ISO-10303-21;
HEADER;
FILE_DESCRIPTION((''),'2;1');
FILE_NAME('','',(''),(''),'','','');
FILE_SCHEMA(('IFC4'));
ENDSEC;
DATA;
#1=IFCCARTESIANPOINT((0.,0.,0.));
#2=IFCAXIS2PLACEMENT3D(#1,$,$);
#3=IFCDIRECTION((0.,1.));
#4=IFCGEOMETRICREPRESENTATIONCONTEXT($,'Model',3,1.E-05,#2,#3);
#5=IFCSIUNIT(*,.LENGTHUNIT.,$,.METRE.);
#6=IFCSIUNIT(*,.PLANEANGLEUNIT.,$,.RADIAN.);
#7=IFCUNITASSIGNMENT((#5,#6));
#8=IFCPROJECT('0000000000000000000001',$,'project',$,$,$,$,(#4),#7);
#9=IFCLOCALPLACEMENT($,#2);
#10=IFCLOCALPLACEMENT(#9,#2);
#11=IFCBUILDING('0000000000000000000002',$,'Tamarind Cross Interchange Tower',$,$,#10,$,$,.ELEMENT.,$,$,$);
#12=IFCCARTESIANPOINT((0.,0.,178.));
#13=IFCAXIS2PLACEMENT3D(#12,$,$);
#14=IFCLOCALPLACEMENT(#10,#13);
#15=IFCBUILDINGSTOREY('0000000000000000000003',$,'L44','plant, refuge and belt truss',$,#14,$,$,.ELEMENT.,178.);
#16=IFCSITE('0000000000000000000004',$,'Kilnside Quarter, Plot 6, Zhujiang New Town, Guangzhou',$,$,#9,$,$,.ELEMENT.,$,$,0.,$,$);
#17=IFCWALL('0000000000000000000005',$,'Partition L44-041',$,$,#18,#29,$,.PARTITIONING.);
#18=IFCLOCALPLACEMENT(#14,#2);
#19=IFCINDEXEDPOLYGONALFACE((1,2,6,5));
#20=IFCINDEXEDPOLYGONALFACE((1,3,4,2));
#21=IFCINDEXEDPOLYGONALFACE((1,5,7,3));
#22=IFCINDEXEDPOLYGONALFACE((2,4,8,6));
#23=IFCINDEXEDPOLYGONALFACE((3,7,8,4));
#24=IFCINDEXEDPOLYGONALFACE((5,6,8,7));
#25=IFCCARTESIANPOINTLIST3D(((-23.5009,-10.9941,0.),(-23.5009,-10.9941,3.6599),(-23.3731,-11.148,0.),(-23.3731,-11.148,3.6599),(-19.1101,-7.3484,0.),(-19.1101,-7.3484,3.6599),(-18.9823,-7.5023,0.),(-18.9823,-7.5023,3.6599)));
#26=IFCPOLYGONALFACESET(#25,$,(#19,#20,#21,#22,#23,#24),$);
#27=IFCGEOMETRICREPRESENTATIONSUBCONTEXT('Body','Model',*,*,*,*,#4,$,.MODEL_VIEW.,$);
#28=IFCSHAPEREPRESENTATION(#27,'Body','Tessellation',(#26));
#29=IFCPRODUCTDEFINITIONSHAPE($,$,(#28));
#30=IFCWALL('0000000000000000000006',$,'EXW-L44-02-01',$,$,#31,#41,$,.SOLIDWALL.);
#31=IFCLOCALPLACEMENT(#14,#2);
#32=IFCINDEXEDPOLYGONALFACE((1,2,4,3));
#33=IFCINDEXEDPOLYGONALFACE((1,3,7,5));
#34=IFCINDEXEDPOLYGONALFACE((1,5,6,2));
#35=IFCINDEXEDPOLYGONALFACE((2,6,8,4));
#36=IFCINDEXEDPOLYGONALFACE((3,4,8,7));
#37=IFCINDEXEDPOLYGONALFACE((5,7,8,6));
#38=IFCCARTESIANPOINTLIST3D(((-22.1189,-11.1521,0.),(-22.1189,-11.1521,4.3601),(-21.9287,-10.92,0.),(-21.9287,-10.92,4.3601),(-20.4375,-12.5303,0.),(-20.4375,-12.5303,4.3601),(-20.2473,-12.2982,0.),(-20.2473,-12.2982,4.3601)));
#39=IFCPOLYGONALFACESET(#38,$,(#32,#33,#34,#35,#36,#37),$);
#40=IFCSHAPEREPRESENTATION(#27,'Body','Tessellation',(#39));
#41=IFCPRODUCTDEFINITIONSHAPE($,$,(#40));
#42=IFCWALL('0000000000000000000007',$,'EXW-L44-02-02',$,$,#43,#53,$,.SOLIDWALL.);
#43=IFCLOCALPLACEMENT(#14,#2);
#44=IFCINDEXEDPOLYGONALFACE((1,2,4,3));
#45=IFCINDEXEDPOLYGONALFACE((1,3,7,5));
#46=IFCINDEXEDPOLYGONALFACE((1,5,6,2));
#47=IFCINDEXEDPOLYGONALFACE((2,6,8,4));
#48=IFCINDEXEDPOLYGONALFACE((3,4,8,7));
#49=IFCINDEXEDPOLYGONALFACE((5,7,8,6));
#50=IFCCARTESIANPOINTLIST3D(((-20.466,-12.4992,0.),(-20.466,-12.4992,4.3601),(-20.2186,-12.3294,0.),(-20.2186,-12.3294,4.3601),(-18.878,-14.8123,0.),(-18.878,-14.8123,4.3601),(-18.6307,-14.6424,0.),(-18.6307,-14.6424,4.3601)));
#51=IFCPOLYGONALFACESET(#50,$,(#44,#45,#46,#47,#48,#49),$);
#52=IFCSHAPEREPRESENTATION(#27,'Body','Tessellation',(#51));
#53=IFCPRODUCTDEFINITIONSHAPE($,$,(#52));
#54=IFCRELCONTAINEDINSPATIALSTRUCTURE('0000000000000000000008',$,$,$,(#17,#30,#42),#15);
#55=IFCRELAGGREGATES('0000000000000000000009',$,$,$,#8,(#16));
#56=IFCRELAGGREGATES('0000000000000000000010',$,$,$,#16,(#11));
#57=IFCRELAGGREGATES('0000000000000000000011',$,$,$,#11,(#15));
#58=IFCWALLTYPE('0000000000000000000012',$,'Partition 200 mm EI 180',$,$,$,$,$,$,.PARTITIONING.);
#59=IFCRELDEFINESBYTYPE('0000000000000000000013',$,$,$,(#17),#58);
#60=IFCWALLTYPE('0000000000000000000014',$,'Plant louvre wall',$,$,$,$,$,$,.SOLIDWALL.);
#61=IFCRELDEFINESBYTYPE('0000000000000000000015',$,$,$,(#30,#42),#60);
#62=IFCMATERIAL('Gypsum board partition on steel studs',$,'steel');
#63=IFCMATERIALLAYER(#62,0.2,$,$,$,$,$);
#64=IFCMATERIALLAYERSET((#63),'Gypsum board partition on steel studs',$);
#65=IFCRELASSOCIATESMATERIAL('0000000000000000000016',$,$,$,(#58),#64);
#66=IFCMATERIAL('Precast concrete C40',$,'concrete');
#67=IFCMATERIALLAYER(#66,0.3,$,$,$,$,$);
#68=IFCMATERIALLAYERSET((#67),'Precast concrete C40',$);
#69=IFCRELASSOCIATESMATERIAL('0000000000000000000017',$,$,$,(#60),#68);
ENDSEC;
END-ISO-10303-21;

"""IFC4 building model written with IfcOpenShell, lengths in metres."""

from ifc_helpers import new_model, si_unit, direction, frame, frame_2d, origin, place, context, subcontext, project, spatial, rectangle, extrude, material, layer, layer_set, type_object, element, save


model = new_model("IFC4")

# Units and contexts
model_context = context("Model", 3, precision=1e-05, world=origin(), true_north=direction((0.0, 1.0)))
body_context = subcontext(model_context, "Body", "Model", "MODEL_VIEW")
ifc_project = project(units=[si_unit("LENGTHUNIT", "METRE"), si_unit("PLANEANGLEUNIT", "RADIAN")], contexts=[model_context])

# Site, building, storey
site_placement = place(None, origin())
site = spatial("IfcSite", under=ifc_project, at=site_placement, Name="Kilnside Quarter, Plot 6, Zhujiang New Town, Guangzhou", CompositionType="ELEMENT", RefElevation=0.0)
building_placement = place(site_placement, origin())
building = spatial("IfcBuilding", under=site, at=building_placement, Name="Tamarind Cross Interchange Tower", CompositionType="ELEMENT")
storey_placement = place(building_placement, frame((0.0, 0.0, 178.0)))
storey = spatial("IfcBuildingStorey", under=building, at=storey_placement, Name="L44", Description="plant, refuge and belt truss", CompositionType="ELEMENT", Elevation=178.0)

# Wall
ifc_material_1 = material(Name="Gypsum board partition on steel studs", Category="steel")
ifc_layer_1 = layer(ifc_material_1, 0.2)
ifc_layer_set_1 = layer_set([ifc_layer_1], Name="Gypsum board partition on steel studs")
wall_type_1 = type_object("IfcWallType", Name="Partition 200 mm EI 180", PredefinedType="PARTITIONING", material=ifc_layer_set_1)
wall_1_placement = place(storey_placement, frame((-23.437, -11.071, 0.0), z_axis=(0.0, 0.0, 1.0), x_axis=(0.769367, 0.638807, 0.0)))
element("IfcWall", 1, at=wall_1_placement, inside=storey, type_object=wall_type_1, Name="Partition L44-041", PredefinedType="PARTITIONING", context=body_context, shape_type="SweptSolid", body=[
    extrude(rectangle(XDim=5.707, YDim=0.2, at=frame_2d((2.8535, 0.0))), origin(), (0.0, 0.0, 1.0), 3.6599),
])

# Shared definitions
ifc_material_2 = material(Name="Precast concrete C40", Category="concrete")
ifc_layer_2 = layer(ifc_material_2, 0.3)
ifc_layer_set_2 = layer_set([ifc_layer_2], Name="Precast concrete C40")
wall_type_2 = type_object("IfcWallType", Name="Plant louvre wall", PredefinedType="SOLIDWALL", material=ifc_layer_set_2)

# Walls
wall_2_placement = place(storey_placement, frame((-22.0237, -11.0361, 0.0), z_axis=(0.0, 0.0, 1.0), x_axis=(0.773397, -0.633922, 0.0)))
element("IfcWall", 2, at=wall_2_placement, inside=storey, type_object=wall_type_2, Name="EXW-L44-02-01", PredefinedType="SOLIDWALL", context=body_context, shape_type="SweptSolid", body=[
    extrude(rectangle(XDim=2.1741, YDim=0.3, at=frame_2d((1.0869, 0.0))), origin(), (0.0, 0.0, 1.0), 4.3601),
])
wall_3_placement = place(storey_placement, frame((-20.3423, -12.4143, 0.0), z_axis=(0.0, 0.0, 1.0), x_axis=(0.565975, -0.824423, 0.0)))
element("IfcWall", 3, at=wall_3_placement, inside=storey, type_object=wall_type_2, Name="EXW-L44-02-02", PredefinedType="SOLIDWALL", context=body_context, shape_type="SweptSolid", body=[
    extrude(rectangle(XDim=2.8057, YDim=0.3, at=frame_2d((1.4028, 0.0))), origin(), (0.0, 0.0, 1.0), 4.3601),
])

save(model, "model.ifc")
